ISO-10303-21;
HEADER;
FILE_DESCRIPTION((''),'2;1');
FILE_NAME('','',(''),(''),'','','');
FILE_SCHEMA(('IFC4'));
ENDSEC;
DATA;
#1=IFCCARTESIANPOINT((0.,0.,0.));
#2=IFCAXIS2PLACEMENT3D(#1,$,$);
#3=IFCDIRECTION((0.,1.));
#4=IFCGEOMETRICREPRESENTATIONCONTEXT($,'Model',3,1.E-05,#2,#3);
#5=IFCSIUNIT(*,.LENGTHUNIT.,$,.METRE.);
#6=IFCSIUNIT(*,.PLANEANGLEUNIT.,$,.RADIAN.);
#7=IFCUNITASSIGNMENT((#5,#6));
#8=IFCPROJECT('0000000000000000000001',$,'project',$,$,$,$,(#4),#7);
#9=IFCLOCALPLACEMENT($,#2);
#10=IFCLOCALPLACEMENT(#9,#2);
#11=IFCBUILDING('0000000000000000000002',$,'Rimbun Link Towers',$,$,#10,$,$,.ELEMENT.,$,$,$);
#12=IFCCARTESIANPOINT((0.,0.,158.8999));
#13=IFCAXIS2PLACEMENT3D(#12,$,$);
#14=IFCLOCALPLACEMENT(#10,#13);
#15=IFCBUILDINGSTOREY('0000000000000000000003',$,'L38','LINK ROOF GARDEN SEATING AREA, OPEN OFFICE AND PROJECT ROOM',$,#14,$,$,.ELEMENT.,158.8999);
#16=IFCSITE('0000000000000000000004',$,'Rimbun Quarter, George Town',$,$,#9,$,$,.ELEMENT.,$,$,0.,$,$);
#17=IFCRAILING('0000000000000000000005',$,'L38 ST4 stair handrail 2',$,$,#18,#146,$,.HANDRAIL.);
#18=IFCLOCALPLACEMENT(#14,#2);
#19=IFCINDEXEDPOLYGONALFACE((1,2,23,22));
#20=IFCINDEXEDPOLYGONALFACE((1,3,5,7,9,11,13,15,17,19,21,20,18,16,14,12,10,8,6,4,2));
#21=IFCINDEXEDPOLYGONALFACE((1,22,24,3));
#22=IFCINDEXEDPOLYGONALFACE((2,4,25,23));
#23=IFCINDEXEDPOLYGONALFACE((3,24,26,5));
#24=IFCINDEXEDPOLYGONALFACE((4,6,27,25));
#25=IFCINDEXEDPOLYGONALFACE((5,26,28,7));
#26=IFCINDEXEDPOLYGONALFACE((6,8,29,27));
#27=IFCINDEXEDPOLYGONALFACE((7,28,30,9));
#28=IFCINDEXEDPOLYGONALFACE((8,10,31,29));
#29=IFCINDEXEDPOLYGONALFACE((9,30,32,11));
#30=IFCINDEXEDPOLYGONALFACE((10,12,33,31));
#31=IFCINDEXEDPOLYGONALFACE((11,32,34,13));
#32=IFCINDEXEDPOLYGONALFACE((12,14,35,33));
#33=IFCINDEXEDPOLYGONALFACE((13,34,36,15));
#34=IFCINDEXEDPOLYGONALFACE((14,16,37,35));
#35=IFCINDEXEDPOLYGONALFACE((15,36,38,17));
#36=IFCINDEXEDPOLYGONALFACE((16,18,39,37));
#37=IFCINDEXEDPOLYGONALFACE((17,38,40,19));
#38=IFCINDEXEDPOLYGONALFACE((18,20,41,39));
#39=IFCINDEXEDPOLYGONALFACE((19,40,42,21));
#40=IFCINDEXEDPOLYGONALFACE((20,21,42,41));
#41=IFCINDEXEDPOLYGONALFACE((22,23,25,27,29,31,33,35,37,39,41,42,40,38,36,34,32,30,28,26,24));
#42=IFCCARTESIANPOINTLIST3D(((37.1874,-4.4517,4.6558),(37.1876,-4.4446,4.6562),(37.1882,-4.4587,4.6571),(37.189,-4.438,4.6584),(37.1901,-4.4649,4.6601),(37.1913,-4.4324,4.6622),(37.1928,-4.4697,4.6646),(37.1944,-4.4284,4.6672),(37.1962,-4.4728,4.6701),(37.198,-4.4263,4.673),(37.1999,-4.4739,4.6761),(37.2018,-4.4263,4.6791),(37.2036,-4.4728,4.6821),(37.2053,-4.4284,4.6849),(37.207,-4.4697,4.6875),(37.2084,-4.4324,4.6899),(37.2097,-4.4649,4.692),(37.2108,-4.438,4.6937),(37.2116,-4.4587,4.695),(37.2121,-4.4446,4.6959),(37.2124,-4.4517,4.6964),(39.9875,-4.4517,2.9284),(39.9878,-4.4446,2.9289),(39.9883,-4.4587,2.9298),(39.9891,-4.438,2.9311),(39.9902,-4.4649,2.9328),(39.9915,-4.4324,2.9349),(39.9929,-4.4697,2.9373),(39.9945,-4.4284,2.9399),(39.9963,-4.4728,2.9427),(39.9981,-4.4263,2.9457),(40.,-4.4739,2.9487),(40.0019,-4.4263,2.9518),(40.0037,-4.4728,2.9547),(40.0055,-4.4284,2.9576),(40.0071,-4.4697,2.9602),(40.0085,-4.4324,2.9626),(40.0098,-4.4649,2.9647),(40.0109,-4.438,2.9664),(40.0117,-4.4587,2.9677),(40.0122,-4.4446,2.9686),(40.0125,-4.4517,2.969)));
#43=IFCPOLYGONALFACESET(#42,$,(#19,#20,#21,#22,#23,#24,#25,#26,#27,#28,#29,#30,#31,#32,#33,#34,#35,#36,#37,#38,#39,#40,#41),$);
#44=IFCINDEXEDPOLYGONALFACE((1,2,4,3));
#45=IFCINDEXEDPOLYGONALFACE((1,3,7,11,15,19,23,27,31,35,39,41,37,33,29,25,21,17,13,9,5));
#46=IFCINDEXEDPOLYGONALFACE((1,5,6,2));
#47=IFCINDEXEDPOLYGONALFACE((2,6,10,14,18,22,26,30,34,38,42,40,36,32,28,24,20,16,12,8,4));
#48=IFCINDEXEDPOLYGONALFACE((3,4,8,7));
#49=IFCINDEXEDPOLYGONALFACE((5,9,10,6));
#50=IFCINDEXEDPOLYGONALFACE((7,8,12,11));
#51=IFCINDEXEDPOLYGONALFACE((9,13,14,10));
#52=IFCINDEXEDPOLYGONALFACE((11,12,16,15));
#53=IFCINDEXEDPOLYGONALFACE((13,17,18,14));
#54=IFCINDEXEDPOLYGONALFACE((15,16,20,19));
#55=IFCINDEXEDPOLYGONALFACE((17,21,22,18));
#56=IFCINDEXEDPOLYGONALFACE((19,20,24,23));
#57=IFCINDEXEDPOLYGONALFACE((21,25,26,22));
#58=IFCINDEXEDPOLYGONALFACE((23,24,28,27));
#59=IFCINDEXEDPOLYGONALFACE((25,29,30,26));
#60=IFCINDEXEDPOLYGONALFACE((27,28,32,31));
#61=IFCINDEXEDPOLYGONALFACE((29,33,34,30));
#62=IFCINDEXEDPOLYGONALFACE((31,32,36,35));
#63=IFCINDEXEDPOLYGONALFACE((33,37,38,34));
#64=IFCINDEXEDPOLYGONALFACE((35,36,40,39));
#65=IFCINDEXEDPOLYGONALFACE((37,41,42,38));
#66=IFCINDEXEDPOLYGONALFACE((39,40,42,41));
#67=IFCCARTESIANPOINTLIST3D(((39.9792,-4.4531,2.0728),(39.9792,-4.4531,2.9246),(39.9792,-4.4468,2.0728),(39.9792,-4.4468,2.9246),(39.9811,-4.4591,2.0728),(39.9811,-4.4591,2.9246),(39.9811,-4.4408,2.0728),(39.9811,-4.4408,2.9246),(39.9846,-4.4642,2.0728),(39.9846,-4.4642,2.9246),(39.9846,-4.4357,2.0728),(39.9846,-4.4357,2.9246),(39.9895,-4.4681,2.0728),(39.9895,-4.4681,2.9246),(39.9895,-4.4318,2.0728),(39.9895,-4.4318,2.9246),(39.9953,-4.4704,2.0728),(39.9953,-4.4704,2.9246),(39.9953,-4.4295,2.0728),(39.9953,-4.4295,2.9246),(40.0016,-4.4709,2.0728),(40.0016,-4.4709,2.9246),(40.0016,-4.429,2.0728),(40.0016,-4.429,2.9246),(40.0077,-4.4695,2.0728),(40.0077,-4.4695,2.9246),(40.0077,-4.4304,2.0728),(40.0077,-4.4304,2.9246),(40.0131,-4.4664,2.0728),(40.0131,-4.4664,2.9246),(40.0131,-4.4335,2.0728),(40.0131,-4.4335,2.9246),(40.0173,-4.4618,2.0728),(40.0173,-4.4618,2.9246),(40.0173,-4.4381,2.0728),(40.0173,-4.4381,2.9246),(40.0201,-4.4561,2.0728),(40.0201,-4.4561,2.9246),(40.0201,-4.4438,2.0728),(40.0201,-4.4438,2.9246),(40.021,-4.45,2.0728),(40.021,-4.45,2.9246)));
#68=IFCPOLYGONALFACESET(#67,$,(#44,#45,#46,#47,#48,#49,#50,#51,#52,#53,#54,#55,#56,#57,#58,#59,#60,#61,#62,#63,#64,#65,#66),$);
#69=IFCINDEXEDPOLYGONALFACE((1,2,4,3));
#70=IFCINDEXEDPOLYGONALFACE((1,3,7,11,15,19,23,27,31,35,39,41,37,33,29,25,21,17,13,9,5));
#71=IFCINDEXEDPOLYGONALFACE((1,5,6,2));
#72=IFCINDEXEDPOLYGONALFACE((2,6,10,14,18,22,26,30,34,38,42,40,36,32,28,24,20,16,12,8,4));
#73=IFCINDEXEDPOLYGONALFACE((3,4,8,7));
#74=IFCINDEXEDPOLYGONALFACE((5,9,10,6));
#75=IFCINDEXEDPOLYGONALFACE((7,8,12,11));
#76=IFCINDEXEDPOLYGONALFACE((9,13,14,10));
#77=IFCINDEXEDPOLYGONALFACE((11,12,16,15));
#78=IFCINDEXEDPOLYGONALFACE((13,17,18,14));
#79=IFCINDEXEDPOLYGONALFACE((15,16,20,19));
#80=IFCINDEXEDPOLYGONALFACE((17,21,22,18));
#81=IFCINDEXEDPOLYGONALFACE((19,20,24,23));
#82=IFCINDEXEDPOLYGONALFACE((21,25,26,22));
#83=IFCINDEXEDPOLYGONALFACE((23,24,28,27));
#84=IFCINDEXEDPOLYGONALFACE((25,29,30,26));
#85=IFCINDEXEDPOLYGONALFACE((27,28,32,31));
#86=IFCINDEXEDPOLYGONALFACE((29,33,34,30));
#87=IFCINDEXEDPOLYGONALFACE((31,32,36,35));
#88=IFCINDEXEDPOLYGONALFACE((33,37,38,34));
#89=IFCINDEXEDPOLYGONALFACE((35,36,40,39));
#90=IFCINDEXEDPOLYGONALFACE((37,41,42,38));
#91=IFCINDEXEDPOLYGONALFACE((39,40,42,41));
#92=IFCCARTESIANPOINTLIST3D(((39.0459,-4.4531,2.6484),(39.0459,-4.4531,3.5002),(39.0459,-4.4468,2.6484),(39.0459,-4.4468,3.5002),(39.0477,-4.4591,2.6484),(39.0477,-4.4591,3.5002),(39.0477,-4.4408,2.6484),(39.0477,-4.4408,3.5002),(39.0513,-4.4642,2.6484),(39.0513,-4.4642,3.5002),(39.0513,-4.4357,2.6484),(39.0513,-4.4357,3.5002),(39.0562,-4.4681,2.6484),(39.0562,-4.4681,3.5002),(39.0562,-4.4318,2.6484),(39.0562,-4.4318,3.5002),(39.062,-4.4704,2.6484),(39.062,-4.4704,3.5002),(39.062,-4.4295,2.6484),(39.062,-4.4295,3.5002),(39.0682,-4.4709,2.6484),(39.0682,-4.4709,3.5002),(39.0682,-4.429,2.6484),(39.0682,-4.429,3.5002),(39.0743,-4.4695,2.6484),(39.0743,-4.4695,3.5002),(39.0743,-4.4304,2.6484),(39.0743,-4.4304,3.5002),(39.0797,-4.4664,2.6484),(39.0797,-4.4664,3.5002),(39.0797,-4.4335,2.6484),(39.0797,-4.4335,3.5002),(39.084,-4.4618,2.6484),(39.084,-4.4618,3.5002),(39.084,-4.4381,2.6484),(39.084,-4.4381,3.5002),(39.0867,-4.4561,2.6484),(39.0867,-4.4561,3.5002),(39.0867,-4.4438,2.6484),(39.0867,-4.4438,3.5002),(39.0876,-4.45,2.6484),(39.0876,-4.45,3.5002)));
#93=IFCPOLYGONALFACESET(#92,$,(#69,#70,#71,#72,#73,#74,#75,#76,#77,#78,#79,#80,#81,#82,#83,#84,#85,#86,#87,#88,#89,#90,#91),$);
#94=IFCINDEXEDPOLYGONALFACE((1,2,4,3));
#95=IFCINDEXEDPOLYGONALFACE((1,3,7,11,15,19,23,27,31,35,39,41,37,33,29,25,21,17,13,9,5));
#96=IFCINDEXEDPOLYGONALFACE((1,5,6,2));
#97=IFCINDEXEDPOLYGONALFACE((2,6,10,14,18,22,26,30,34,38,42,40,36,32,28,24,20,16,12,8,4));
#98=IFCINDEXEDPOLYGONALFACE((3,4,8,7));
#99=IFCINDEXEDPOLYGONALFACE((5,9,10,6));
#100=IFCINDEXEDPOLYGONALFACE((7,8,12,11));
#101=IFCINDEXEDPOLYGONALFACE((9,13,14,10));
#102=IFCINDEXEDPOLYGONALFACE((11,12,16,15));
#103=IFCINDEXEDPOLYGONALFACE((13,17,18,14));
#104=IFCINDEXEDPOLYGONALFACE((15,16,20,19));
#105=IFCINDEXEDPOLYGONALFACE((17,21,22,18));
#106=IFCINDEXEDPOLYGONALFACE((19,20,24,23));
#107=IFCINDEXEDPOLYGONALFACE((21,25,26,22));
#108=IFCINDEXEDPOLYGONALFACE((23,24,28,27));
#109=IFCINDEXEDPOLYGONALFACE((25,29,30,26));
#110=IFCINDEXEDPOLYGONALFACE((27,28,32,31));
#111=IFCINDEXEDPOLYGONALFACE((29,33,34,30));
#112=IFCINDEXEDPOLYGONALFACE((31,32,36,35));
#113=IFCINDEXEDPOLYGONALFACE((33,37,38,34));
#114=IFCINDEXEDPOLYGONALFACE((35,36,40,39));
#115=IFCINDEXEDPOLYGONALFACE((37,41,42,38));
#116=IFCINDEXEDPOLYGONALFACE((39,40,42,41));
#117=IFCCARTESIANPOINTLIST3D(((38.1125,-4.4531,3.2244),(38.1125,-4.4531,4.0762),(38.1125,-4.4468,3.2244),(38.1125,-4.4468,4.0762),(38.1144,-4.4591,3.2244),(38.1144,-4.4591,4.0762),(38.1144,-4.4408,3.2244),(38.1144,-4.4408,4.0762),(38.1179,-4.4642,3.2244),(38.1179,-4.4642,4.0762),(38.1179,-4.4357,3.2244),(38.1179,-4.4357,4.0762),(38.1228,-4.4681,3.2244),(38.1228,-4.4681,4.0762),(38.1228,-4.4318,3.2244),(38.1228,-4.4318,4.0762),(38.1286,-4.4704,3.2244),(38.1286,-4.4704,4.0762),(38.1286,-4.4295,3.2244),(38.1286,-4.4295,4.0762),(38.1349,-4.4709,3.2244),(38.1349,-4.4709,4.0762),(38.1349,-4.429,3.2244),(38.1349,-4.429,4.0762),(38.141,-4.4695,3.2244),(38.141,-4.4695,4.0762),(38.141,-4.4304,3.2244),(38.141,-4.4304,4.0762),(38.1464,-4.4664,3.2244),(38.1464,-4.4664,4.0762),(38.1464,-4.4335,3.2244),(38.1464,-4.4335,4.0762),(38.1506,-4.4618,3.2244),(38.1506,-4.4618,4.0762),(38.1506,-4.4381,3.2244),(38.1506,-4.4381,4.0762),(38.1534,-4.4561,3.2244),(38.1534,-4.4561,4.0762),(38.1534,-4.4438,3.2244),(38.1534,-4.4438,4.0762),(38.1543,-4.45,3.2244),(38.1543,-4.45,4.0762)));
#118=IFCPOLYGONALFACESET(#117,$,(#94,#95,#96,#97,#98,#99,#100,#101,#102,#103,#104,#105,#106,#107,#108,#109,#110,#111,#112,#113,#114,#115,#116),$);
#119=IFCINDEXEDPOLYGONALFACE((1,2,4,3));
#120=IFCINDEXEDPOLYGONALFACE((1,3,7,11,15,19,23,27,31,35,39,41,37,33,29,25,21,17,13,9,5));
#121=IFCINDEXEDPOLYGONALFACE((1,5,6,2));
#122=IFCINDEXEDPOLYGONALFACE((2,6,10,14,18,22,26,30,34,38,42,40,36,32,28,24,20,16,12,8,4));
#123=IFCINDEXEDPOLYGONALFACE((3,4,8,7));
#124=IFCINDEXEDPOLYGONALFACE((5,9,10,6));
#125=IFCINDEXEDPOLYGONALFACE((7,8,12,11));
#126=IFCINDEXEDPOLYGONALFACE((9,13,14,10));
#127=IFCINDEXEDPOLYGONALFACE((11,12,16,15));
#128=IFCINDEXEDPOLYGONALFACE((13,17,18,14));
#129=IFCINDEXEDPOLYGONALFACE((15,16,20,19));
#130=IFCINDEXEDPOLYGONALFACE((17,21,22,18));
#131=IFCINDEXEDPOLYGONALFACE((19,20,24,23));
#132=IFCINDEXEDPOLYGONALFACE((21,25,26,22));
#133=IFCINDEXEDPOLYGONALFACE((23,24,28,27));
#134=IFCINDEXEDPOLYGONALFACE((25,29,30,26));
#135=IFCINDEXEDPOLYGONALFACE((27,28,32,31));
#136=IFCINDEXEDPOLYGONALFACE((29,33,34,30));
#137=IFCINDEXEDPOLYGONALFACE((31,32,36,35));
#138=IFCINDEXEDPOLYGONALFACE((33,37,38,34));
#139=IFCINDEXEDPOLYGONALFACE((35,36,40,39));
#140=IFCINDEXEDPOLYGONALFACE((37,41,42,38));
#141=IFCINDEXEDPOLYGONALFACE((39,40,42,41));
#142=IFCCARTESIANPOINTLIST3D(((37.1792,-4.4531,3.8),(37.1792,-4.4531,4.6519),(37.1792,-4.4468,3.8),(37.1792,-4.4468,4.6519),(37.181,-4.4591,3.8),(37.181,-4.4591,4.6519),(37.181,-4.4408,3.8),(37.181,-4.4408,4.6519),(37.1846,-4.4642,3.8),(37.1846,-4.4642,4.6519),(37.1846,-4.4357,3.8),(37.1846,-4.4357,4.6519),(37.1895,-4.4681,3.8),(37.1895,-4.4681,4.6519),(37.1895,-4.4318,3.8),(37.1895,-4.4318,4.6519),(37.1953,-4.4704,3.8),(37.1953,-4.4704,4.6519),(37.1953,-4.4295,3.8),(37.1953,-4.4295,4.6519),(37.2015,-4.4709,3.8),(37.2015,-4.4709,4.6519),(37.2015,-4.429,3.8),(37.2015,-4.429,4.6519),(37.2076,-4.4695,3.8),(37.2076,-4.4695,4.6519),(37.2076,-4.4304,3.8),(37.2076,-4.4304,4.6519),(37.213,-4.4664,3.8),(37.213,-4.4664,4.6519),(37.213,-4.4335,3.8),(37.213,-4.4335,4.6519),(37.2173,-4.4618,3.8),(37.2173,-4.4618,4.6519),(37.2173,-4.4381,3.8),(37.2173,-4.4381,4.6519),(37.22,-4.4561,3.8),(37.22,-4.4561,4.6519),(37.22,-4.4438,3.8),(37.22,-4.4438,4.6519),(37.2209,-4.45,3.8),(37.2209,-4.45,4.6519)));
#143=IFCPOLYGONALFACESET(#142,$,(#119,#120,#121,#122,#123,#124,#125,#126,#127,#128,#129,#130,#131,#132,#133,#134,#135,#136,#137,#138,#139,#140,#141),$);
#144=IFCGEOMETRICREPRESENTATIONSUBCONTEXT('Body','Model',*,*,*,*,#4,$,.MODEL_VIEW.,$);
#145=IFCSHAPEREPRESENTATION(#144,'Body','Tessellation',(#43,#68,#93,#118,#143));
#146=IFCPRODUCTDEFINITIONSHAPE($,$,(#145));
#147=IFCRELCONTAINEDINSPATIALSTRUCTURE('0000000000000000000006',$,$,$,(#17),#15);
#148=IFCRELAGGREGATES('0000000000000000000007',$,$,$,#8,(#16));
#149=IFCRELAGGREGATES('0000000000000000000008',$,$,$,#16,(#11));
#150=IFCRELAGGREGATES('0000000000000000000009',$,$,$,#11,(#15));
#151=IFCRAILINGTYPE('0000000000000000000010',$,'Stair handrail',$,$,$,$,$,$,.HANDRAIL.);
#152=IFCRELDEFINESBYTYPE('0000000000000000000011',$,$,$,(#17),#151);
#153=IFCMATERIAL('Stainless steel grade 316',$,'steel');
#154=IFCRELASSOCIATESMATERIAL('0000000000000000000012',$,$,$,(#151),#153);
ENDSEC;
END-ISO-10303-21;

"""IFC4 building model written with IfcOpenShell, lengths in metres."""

from ifc_helpers import new_model, si_unit, direction, frame, origin, origin_2d, place, context, subcontext, project, spatial, circle, extrude, material, type_object, element, save


model = new_model("IFC4")

# Units and contexts
model_context = context("Model", 3, precision=1e-05, world=origin(), true_north=direction((0.0, 1.0)))
body_context = subcontext(model_context, "Body", "Model", "MODEL_VIEW")
ifc_project = project(units=[si_unit("LENGTHUNIT", "METRE"), si_unit("PLANEANGLEUNIT", "RADIAN")], contexts=[model_context])

# Site, building, storey
site_placement = place(None, origin())
site = spatial("IfcSite", under=ifc_project, at=site_placement, Name="Rimbun Quarter, George Town", CompositionType="ELEMENT", RefElevation=0.0)
building_placement = place(site_placement, origin())
building = spatial("IfcBuilding", under=site, at=building_placement, Name="Rimbun Link Towers", CompositionType="ELEMENT")
storey_placement = place(building_placement, frame((0.0, 0.0, 158.8999)))
storey = spatial("IfcBuildingStorey", under=building, at=storey_placement, Name="L38", Description="LINK ROOF GARDEN SEATING AREA, OPEN OFFICE AND PROJECT ROOM", CompositionType="ELEMENT", Elevation=158.8999)

# Railing
ifc_material_1 = material(Name="Stainless steel grade 316", Category="steel")
railing_type_1 = type_object("IfcRailingType", Name="Stair handrail", PredefinedType="HANDRAIL", material=ifc_material_1)
railing_1_placement = place(storey_placement, frame((40.0, -4.45, 2.0728)))
element("IfcRailing", 1, at=railing_1_placement, inside=storey, type_object=railing_type_1, Name="L38 ST4 stair handrail 2", PredefinedType="HANDRAIL", context=body_context, shape_type="SweptSolid", body=[
    extrude(circle(Radius=0.0239, at=origin_2d()), frame((0.0, 0.0, 0.876), z_axis=(-0.85109, 0.0, 0.52502), x_axis=(0.0, -1.0, 0.0)), (0.0, 0.0, 1.0), 3.29),
    extrude(circle(Radius=0.021, at=origin_2d()), origin(), (0.0, 0.0, 1.0), 0.8518),
    extrude(circle(Radius=0.021, at=origin_2d()), frame((-0.9333, 0.0, 0.5757)), (0.0, 0.0, 1.0), 0.8518),
    extrude(circle(Radius=0.021, at=origin_2d()), frame((-1.8667, 0.0, 1.1516)), (0.0, 0.0, 1.0), 0.8518),
    extrude(circle(Radius=0.021, at=origin_2d()), frame((-2.8, 0.0, 1.7273)), (0.0, 0.0, 1.0), 0.8518),
])

save(model, "model.ifc")
